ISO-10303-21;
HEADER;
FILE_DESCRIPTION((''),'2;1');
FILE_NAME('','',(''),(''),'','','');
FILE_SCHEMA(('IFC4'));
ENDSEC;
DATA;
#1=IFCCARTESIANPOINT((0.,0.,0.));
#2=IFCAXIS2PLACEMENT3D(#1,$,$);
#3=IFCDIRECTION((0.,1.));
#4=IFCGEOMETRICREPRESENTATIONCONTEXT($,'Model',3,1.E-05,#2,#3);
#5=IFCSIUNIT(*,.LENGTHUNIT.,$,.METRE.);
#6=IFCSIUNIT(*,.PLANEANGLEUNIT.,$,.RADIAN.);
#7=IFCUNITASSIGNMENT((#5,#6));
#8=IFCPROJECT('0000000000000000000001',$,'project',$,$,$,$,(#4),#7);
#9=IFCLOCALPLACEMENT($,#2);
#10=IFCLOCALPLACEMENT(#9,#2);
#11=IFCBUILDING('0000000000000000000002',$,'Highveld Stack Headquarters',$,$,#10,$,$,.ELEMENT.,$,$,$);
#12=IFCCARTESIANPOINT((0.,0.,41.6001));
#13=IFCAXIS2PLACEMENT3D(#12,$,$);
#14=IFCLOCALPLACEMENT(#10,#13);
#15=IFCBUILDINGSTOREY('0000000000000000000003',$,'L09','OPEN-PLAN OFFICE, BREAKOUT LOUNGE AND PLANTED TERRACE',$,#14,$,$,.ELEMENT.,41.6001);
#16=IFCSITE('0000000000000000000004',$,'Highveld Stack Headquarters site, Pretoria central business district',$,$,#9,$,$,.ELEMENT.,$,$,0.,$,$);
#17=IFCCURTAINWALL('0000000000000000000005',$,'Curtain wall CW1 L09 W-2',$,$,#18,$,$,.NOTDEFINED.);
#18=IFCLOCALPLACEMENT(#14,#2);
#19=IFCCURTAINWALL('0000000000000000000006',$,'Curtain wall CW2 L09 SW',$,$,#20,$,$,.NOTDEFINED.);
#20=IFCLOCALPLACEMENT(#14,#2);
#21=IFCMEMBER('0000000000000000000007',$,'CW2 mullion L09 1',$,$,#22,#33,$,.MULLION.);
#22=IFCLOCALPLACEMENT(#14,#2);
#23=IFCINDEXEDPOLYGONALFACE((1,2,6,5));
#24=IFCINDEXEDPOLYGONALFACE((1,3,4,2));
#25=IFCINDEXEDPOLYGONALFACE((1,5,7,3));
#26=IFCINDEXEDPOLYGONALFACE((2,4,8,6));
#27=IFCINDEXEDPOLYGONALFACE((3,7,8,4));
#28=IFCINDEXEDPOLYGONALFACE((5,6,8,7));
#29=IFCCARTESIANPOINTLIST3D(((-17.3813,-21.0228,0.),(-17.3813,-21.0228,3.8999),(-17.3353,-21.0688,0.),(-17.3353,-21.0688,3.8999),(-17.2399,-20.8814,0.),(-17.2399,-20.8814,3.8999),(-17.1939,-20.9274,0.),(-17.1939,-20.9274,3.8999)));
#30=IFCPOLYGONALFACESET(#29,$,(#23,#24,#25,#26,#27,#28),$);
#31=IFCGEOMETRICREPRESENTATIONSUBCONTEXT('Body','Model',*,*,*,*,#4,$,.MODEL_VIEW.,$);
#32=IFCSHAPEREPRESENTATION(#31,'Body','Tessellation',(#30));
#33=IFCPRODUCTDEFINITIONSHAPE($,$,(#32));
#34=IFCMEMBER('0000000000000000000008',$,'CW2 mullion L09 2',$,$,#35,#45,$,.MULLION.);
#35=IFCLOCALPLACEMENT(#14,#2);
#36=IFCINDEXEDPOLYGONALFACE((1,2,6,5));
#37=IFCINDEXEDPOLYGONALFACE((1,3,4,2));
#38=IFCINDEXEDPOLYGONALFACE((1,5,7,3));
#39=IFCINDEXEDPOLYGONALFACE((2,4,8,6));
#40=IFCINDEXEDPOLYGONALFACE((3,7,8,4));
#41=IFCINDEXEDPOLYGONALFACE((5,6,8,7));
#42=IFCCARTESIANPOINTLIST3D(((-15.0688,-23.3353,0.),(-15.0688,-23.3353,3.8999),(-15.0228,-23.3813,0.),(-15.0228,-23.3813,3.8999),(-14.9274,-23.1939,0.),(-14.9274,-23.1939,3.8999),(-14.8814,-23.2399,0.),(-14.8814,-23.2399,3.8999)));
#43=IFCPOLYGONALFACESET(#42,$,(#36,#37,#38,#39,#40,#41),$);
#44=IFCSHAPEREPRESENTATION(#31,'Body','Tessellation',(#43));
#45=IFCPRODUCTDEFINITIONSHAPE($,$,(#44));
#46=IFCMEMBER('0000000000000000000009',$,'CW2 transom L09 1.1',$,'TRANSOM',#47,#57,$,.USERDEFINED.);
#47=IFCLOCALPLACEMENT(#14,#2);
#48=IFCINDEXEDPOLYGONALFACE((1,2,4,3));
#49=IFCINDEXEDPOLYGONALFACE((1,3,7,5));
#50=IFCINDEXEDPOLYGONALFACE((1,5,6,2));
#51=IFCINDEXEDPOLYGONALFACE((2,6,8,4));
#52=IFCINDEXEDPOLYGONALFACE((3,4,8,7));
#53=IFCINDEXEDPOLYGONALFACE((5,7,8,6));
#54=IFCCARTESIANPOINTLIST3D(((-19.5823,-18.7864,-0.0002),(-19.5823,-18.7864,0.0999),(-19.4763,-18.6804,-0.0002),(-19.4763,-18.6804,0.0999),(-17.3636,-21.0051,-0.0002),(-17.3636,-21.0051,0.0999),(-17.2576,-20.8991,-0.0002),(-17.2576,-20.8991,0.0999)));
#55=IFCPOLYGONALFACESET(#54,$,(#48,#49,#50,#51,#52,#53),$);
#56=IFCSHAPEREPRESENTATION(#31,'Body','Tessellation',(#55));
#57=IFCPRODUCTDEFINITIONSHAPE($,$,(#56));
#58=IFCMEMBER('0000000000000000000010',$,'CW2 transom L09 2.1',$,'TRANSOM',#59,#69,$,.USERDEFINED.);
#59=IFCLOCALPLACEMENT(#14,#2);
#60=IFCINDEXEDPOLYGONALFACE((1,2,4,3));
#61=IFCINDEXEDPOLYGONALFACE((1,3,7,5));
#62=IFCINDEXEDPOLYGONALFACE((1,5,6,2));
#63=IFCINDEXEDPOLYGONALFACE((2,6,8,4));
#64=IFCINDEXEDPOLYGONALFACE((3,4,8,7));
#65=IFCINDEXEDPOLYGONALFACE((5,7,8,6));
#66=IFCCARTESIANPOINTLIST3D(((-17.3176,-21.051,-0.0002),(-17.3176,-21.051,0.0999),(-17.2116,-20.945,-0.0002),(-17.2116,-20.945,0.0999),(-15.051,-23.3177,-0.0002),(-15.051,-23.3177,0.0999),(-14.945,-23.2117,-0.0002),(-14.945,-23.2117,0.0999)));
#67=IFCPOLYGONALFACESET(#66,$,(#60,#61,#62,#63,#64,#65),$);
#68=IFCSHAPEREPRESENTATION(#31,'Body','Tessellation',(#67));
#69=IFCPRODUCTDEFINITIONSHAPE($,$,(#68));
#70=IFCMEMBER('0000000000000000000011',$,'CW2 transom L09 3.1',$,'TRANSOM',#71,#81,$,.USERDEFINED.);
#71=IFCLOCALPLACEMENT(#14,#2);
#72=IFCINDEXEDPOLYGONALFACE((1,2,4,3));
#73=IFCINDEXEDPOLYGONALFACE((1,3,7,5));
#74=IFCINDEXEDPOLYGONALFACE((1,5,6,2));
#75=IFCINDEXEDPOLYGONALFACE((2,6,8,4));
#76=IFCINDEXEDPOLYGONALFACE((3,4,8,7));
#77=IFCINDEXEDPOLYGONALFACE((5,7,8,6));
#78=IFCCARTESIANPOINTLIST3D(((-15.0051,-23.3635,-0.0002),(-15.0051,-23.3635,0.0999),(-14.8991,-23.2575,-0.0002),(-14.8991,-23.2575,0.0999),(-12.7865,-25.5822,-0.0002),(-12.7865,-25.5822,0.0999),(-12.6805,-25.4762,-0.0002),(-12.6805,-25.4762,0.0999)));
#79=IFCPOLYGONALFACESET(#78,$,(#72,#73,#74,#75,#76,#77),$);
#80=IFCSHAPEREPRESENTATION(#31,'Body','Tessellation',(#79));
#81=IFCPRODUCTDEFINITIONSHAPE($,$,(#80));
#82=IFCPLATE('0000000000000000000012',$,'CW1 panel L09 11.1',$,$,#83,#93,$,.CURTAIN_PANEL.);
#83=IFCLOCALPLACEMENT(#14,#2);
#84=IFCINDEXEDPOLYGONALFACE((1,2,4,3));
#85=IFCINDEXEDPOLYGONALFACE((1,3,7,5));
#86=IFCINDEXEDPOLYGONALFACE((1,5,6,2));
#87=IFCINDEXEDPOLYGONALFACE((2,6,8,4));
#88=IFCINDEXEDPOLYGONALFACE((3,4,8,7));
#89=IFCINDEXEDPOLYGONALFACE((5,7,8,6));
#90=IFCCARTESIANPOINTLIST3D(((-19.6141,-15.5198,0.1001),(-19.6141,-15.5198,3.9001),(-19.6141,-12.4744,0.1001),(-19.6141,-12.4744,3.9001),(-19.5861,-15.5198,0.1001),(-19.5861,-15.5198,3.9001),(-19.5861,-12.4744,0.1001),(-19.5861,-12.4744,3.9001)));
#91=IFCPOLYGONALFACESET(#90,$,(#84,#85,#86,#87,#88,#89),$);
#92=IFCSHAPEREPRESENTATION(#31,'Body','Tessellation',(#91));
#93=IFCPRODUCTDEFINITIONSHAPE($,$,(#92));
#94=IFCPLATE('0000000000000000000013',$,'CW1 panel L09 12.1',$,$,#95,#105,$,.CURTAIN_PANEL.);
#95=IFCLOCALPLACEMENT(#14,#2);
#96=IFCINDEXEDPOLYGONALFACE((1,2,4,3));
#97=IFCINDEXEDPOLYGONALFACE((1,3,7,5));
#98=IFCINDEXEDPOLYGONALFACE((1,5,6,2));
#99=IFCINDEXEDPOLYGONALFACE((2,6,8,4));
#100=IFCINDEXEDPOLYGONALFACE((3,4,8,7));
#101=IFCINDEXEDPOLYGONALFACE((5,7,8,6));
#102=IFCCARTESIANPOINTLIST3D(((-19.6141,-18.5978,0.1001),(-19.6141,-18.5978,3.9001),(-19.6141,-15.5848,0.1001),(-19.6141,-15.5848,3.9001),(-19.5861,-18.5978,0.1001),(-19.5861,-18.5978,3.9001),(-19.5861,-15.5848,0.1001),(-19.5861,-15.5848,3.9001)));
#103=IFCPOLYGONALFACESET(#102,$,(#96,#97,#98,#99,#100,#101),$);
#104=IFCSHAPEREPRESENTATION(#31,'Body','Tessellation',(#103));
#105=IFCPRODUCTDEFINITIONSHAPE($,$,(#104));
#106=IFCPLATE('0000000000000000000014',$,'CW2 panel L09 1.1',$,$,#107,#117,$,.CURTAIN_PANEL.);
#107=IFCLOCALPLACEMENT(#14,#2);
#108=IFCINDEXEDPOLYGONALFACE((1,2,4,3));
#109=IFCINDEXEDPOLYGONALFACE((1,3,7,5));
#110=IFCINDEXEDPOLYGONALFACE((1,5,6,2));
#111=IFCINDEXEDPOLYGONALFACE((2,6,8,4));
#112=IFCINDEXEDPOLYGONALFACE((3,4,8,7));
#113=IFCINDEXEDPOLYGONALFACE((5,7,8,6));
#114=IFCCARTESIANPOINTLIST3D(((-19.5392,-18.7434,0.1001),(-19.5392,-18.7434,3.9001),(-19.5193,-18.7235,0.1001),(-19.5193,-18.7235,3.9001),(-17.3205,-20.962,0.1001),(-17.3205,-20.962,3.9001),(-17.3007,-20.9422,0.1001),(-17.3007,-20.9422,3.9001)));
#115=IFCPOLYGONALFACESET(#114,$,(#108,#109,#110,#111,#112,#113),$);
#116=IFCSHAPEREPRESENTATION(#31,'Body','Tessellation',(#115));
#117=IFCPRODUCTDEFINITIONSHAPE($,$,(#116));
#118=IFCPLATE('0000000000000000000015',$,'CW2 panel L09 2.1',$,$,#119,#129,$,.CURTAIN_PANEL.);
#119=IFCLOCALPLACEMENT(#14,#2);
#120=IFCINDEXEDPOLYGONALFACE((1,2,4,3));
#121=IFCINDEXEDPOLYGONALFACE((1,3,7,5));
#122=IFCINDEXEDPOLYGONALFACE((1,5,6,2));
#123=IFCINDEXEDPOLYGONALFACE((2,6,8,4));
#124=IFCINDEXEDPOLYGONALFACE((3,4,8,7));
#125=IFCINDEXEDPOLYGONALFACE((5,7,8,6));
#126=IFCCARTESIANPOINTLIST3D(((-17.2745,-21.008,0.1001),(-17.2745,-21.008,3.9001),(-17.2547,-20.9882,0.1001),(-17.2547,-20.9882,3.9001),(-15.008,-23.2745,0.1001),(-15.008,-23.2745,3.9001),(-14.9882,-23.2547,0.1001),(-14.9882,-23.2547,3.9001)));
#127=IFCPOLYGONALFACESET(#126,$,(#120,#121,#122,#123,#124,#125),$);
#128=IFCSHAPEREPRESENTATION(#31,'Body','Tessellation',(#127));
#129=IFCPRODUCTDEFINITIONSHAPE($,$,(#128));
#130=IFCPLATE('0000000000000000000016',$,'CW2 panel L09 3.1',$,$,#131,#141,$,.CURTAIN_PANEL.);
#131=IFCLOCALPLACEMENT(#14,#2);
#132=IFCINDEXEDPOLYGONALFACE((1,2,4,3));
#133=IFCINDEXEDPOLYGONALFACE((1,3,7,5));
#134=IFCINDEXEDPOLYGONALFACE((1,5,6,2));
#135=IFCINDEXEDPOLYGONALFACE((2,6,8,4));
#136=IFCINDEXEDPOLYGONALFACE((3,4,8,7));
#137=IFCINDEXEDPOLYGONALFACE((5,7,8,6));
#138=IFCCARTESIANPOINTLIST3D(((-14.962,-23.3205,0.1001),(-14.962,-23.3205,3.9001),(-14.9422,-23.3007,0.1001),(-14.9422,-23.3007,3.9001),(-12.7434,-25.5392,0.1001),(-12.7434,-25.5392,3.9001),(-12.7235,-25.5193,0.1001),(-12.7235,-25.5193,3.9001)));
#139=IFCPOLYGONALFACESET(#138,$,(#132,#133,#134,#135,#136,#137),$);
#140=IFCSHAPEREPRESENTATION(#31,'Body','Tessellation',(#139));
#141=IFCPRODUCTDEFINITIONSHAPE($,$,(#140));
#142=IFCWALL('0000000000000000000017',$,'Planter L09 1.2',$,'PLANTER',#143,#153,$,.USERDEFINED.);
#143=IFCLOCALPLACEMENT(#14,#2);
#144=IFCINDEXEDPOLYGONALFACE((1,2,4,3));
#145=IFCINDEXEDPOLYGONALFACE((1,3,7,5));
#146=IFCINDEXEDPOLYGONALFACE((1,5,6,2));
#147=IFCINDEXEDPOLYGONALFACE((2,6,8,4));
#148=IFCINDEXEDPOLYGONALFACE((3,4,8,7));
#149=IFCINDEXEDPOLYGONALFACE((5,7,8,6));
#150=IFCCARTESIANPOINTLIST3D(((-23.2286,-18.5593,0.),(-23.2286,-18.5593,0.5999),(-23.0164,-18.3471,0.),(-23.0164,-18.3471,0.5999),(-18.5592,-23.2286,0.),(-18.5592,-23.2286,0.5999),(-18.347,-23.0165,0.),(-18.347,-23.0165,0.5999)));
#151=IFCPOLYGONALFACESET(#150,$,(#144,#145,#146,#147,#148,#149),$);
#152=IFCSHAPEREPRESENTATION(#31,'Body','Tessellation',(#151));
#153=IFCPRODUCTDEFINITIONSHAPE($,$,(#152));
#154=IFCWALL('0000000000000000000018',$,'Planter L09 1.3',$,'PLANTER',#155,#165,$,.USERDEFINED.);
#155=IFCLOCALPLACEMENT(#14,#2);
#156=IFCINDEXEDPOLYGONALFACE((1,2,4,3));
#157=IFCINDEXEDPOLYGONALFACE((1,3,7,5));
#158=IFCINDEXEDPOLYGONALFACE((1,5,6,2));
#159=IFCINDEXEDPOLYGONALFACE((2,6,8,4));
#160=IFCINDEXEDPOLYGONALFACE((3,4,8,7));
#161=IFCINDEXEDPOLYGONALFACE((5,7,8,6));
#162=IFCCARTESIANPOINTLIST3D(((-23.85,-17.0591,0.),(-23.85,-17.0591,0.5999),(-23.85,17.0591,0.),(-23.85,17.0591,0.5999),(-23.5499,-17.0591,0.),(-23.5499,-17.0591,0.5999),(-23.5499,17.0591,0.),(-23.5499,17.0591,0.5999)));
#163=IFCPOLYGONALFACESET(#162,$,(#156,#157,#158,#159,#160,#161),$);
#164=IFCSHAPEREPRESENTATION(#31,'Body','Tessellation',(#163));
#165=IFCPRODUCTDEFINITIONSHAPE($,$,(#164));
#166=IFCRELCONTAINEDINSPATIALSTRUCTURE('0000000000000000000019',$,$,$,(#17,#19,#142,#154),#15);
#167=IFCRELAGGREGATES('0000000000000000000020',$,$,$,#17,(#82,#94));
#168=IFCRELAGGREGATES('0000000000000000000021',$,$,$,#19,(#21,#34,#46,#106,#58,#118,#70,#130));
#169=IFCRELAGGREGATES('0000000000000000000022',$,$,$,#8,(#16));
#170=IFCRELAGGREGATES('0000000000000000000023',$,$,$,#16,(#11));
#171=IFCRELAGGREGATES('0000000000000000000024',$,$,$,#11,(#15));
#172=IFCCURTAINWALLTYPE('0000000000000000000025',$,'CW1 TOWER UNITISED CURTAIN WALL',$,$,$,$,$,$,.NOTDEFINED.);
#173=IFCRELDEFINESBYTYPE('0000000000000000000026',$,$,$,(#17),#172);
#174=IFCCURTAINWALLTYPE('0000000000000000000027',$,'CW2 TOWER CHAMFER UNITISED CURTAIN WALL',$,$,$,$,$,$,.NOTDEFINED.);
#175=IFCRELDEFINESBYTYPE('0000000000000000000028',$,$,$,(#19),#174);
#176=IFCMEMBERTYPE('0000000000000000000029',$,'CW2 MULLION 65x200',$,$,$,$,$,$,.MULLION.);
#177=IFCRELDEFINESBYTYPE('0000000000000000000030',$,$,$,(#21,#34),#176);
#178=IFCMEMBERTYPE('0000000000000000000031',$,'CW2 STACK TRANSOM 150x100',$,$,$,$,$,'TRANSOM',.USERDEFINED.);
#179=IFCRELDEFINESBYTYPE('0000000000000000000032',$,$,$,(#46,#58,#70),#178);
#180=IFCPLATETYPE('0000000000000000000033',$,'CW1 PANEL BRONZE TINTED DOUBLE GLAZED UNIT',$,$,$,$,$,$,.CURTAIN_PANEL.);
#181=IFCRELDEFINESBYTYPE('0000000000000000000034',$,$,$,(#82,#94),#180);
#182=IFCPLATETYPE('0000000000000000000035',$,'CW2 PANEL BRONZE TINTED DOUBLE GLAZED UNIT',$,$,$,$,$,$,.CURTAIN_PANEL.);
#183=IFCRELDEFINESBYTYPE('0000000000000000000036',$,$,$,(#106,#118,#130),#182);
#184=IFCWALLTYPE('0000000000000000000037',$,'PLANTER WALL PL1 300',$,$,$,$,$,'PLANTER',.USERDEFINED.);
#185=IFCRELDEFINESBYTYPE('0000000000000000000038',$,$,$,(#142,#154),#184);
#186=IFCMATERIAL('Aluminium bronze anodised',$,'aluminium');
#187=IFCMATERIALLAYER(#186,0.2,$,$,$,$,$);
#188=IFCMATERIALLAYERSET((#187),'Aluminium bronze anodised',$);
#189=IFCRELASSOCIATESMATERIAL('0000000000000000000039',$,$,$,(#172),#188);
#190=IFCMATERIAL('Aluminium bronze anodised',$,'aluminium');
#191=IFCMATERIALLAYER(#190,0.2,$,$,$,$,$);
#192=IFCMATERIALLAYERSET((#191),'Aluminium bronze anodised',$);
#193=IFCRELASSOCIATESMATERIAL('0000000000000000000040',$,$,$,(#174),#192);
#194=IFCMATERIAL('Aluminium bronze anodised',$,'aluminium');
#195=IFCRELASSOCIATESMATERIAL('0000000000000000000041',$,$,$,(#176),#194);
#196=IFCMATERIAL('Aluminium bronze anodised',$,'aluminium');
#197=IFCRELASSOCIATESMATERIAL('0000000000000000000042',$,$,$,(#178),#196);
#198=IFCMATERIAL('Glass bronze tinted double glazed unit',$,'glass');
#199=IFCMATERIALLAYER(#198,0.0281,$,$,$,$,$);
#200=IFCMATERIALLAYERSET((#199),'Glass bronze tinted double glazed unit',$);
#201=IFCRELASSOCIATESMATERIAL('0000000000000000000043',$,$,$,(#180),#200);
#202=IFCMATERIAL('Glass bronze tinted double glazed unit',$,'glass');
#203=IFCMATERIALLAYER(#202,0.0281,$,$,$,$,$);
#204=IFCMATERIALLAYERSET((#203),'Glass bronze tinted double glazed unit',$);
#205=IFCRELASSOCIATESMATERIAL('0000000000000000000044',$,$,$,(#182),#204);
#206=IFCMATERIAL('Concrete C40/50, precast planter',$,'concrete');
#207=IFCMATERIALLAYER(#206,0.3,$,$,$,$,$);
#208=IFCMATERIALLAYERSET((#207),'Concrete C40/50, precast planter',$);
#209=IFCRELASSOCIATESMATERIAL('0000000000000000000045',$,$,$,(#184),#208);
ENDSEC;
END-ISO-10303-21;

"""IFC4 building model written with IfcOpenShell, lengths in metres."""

from ifc_helpers import new_model, si_unit, direction, frame, frame_2d, origin, origin_2d, place, context, subcontext, project, spatial, rectangle, extrude, material, layer, layer_set, material_profile, profile_set, type_object, element, aggregate, save


model = new_model("IFC4")

# Units and contexts
model_context = context("Model", 3, precision=1e-05, world=origin(), true_north=direction((0.0, 1.0)))
body_context = subcontext(model_context, "Body", "Model", "MODEL_VIEW")
ifc_project = project(units=[si_unit("LENGTHUNIT", "METRE"), si_unit("PLANEANGLEUNIT", "RADIAN")], contexts=[model_context])

# Site, building, storey
site_placement = place(None, origin())
site = spatial("IfcSite", under=ifc_project, at=site_placement, Name="Highveld Stack Headquarters site, Pretoria central business district", CompositionType="ELEMENT", RefElevation=0.0)
building_placement = place(site_placement, origin())
building = spatial("IfcBuilding", under=site, at=building_placement, Name="Highveld Stack Headquarters", CompositionType="ELEMENT")
storey_placement = place(building_placement, frame((0.0, 0.0, 41.6001)))
storey = spatial("IfcBuildingStorey", under=building, at=storey_placement, Name="L09", Description="OPEN-PLAN OFFICE, BREAKOUT LOUNGE AND PLANTED TERRACE", CompositionType="ELEMENT", Elevation=41.6001)

# Shared definitions
ifc_material_1 = material(Name="Aluminium bronze anodised", Category="aluminium")
ifc_layer_1 = layer(ifc_material_1, 0.2)
ifc_layer_set_1 = layer_set([ifc_layer_1], Name="Aluminium bronze anodised")
curtain_wall_type_1 = type_object("IfcCurtainWallType", Name="CW1 TOWER UNITISED CURTAIN WALL", PredefinedType="NOTDEFINED", material=ifc_layer_set_1)

# Curtain wall
curtain_wall_1_placement = place(storey_placement, origin())
curtain_wall_1 = element("IfcCurtainWall", 1, at=curtain_wall_1_placement, inside=storey, type_object=curtain_wall_type_1, Name="Curtain wall CW1 L09 W-2", PredefinedType="NOTDEFINED")

# Curtain wall, members
ifc_material_2 = material(Name="Aluminium bronze anodised", Category="aluminium")
ifc_layer_2 = layer(ifc_material_2, 0.2)
ifc_layer_set_2 = layer_set([ifc_layer_2], Name="Aluminium bronze anodised")
curtain_wall_type_2 = type_object("IfcCurtainWallType", Name="CW2 TOWER CHAMFER UNITISED CURTAIN WALL", PredefinedType="NOTDEFINED", material=ifc_layer_set_2)
curtain_wall_2_placement = place(storey_placement, origin())
curtain_wall_2 = element("IfcCurtainWall", 2, at=curtain_wall_2_placement, inside=storey, type_object=curtain_wall_type_2, Name="Curtain wall CW2 L09 SW", PredefinedType="NOTDEFINED")
ifc_material_3 = material(Name="Aluminium bronze anodised", Category="aluminium")
ifc_material_profile_1 = material_profile(ifc_material_3, rectangle(XDim=0.2, YDim=0.0649, at=origin_2d()), Name="CW2 MULLION 65x200")
ifc_profile_set_1 = profile_set([ifc_material_profile_1], Name="Aluminium bronze anodised")
member_type_1 = type_object("IfcMemberType", Name="CW2 MULLION 65x200", PredefinedType="MULLION", material=ifc_profile_set_1)
member_1_placement = place(storey_placement, frame((-17.2876, -20.9751, 0.0), z_axis=(0.0, 0.0, 1.0), x_axis=(0.707107, 0.707107, 0.0)))
member_1 = element("IfcMember", 3, at=member_1_placement, type_object=member_type_1, Name="CW2 mullion L09 1", PredefinedType="MULLION", context=body_context, shape_type="SweptSolid", body=[
    extrude(rectangle(XDim=0.2, YDim=0.0649, at=origin_2d()), origin(), (0.0, 0.0, 1.0), 3.8999),
])
member_2_placement = place(storey_placement, frame((-14.9751, -23.2876, 0.0), z_axis=(0.0, 0.0, 1.0), x_axis=(0.707107, 0.707107, 0.0)))
member_2 = element("IfcMember", 4, at=member_2_placement, type_object=member_type_1, Name="CW2 mullion L09 2", PredefinedType="MULLION", context=body_context, shape_type="SweptSolid", body=[
    extrude(rectangle(XDim=0.2, YDim=0.0649, at=origin_2d()), origin(), (0.0, 0.0, 1.0), 3.8999),
])
ifc_material_4 = material(Name="Aluminium bronze anodised", Category="aluminium")
ifc_material_profile_2 = material_profile(ifc_material_4, rectangle(XDim=0.1499, YDim=0.1001, at=origin_2d()), Name="CW2 TRANSOM 150x100")
ifc_profile_set_2 = profile_set([ifc_material_profile_2], Name="Aluminium bronze anodised")
member_type_2 = type_object("IfcMemberType", Name="CW2 STACK TRANSOM 150x100", ElementType="TRANSOM", PredefinedType="USERDEFINED", material=ifc_profile_set_2)
member_3_placement = place(storey_placement, frame((-19.5293, -18.7334, 0.0498), z_axis=(0.707107, -0.707107, 0.0), x_axis=(0.707107, 0.707107, 0.0)))
member_3 = element("IfcMember", 5, at=member_3_placement, type_object=member_type_2, Name="CW2 transom L09 1.1", ObjectType="TRANSOM", PredefinedType="USERDEFINED", context=body_context, shape_type="SweptSolid", body=[
    extrude(rectangle(XDim=0.1499, YDim=0.1001, at=origin_2d()), origin(), (0.0, 0.0, 1.0), 3.1377),
])
member_4_placement = place(storey_placement, frame((-17.2646, -20.998, 0.0498), z_axis=(0.707107, -0.707107, 0.0), x_axis=(0.707107, 0.707107, 0.0)))
member_4 = element("IfcMember", 6, at=member_4_placement, type_object=member_type_2, Name="CW2 transom L09 2.1", ObjectType="TRANSOM", PredefinedType="USERDEFINED", context=body_context, shape_type="SweptSolid", body=[
    extrude(rectangle(XDim=0.1499, YDim=0.1001, at=origin_2d()), origin(), (0.0, 0.0, 1.0), 3.2056),
])
member_5_placement = place(storey_placement, frame((-14.9521, -23.3105, 0.0498), z_axis=(0.707107, -0.707107, 0.0), x_axis=(0.707107, 0.707107, 0.0)))
member_5 = element("IfcMember", 7, at=member_5_placement, type_object=member_type_2, Name="CW2 transom L09 3.1", ObjectType="TRANSOM", PredefinedType="USERDEFINED", context=body_context, shape_type="SweptSolid", body=[
    extrude(rectangle(XDim=0.1499, YDim=0.1001, at=origin_2d()), origin(), (0.0, 0.0, 1.0), 3.1377),
])

# Plates
ifc_material_5 = material(Name="Glass bronze tinted double glazed unit", Category="glass")
ifc_layer_3 = layer(ifc_material_5, 0.0281)
ifc_layer_set_3 = layer_set([ifc_layer_3], Name="Glass bronze tinted double glazed unit")
plate_type_1 = type_object("IfcPlateType", Name="CW1 PANEL BRONZE TINTED DOUBLE GLAZED UNIT", PredefinedType="CURTAIN_PANEL", material=ifc_layer_set_3)
plate_1_placement = place(storey_placement, frame((-19.6001, -13.9971, 0.1001), z_axis=(0.0, 0.0, 1.0), x_axis=(0.0, -1.0, 0.0)))
plate_1 = element("IfcPlate", 8, at=plate_1_placement, type_object=plate_type_1, Name="CW1 panel L09 11.1", PredefinedType="CURTAIN_PANEL", context=body_context, shape_type="SweptSolid", body=[
    extrude(rectangle(XDim=3.0454, YDim=0.0281, at=origin_2d()), origin(), (0.0, 0.0, 1.0), 3.8),
])
plate_2_placement = place(storey_placement, frame((-19.6001, -17.0913, 0.1001), z_axis=(0.0, 0.0, 1.0), x_axis=(0.0, -1.0, 0.0)))
plate_2 = element("IfcPlate", 9, at=plate_2_placement, type_object=plate_type_1, Name="CW1 panel L09 12.1", PredefinedType="CURTAIN_PANEL", context=body_context, shape_type="SweptSolid", body=[
    extrude(rectangle(XDim=3.0129, YDim=0.0281, at=origin_2d()), origin(), (0.0, 0.0, 1.0), 3.8),
])
aggregate(curtain_wall_1, [plate_1, plate_2])
ifc_material_6 = material(Name="Glass bronze tinted double glazed unit", Category="glass")
ifc_layer_4 = layer(ifc_material_6, 0.0281)
ifc_layer_set_4 = layer_set([ifc_layer_4], Name="Glass bronze tinted double glazed unit")
plate_type_2 = type_object("IfcPlateType", Name="CW2 PANEL BRONZE TINTED DOUBLE GLAZED UNIT", PredefinedType="CURTAIN_PANEL", material=ifc_layer_set_4)
plate_3_placement = place(storey_placement, frame((-18.4199, -19.8428, 0.1001), z_axis=(0.0, 0.0, 1.0), x_axis=(0.707107, -0.707107, 0.0)))
plate_3 = element("IfcPlate", 10, at=plate_3_placement, type_object=plate_type_2, Name="CW2 panel L09 1.1", PredefinedType="CURTAIN_PANEL", context=body_context, shape_type="SweptSolid", body=[
    extrude(rectangle(XDim=3.1377, YDim=0.0281, at=origin_2d()), origin(), (0.0, 0.0, 1.0), 3.8),
])
plate_4_placement = place(storey_placement, frame((-16.1313, -22.1313, 0.1001), z_axis=(0.0, 0.0, 1.0), x_axis=(0.707107, -0.707107, 0.0)))
plate_4 = element("IfcPlate", 11, at=plate_4_placement, type_object=plate_type_2, Name="CW2 panel L09 2.1", PredefinedType="CURTAIN_PANEL", context=body_context, shape_type="SweptSolid", body=[
    extrude(rectangle(XDim=3.2053, YDim=0.0281, at=origin_2d()), origin(), (0.0, 0.0, 1.0), 3.8),
])
plate_5_placement = place(storey_placement, frame((-13.8428, -24.4199, 0.1001), z_axis=(0.0, 0.0, 1.0), x_axis=(0.707107, -0.707107, 0.0)))
plate_5 = element("IfcPlate", 12, at=plate_5_placement, type_object=plate_type_2, Name="CW2 panel L09 3.1", PredefinedType="CURTAIN_PANEL", context=body_context, shape_type="SweptSolid", body=[
    extrude(rectangle(XDim=3.1377, YDim=0.0281, at=origin_2d()), origin(), (0.0, 0.0, 1.0), 3.8),
])
aggregate(curtain_wall_2, [member_1, member_2, member_3, plate_3, member_4, plate_4, member_5, plate_5])

# Walls
ifc_material_7 = material(Name="Concrete C40/50, precast planter", Category="concrete")
ifc_layer_5 = layer(ifc_material_7, 0.3)
ifc_layer_set_5 = layer_set([ifc_layer_5], Name="Concrete C40/50, precast planter")
wall_type = type_object("IfcWallType", Name="PLANTER WALL PL1 300", ElementType="PLANTER", PredefinedType="USERDEFINED", material=ifc_layer_set_5)
wall_1_placement = place(storey_placement, frame((-18.4531, -23.1226, 0.0), z_axis=(0.0, 0.0, 1.0), x_axis=(-0.707107, 0.707107, 0.0)))
element("IfcWall", 13, at=wall_1_placement, inside=storey, type_object=wall_type, Name="Planter L09 1.2", ObjectType="PLANTER", PredefinedType="USERDEFINED", context=body_context, shape_type="SweptSolid", body=[
    extrude(rectangle(XDim=6.6035, YDim=0.3, at=frame_2d((3.3018, 0.0))), origin(), (0.0, 0.0, 1.0), 0.5999),
])
wall_2_placement = place(storey_placement, frame((-23.7, -17.0591, 0.0), z_axis=(0.0, 0.0, 1.0), x_axis=(0.0, 1.0, 0.0)))
element("IfcWall", 14, at=wall_2_placement, inside=storey, type_object=wall_type, Name="Planter L09 1.3", ObjectType="PLANTER", PredefinedType="USERDEFINED", context=body_context, shape_type="SweptSolid", body=[
    extrude(rectangle(XDim=34.1182, YDim=0.3, at=frame_2d((17.0591, 0.0))), origin(), (0.0, 0.0, 1.0), 0.5999),
])

save(model, "model.ifc")
